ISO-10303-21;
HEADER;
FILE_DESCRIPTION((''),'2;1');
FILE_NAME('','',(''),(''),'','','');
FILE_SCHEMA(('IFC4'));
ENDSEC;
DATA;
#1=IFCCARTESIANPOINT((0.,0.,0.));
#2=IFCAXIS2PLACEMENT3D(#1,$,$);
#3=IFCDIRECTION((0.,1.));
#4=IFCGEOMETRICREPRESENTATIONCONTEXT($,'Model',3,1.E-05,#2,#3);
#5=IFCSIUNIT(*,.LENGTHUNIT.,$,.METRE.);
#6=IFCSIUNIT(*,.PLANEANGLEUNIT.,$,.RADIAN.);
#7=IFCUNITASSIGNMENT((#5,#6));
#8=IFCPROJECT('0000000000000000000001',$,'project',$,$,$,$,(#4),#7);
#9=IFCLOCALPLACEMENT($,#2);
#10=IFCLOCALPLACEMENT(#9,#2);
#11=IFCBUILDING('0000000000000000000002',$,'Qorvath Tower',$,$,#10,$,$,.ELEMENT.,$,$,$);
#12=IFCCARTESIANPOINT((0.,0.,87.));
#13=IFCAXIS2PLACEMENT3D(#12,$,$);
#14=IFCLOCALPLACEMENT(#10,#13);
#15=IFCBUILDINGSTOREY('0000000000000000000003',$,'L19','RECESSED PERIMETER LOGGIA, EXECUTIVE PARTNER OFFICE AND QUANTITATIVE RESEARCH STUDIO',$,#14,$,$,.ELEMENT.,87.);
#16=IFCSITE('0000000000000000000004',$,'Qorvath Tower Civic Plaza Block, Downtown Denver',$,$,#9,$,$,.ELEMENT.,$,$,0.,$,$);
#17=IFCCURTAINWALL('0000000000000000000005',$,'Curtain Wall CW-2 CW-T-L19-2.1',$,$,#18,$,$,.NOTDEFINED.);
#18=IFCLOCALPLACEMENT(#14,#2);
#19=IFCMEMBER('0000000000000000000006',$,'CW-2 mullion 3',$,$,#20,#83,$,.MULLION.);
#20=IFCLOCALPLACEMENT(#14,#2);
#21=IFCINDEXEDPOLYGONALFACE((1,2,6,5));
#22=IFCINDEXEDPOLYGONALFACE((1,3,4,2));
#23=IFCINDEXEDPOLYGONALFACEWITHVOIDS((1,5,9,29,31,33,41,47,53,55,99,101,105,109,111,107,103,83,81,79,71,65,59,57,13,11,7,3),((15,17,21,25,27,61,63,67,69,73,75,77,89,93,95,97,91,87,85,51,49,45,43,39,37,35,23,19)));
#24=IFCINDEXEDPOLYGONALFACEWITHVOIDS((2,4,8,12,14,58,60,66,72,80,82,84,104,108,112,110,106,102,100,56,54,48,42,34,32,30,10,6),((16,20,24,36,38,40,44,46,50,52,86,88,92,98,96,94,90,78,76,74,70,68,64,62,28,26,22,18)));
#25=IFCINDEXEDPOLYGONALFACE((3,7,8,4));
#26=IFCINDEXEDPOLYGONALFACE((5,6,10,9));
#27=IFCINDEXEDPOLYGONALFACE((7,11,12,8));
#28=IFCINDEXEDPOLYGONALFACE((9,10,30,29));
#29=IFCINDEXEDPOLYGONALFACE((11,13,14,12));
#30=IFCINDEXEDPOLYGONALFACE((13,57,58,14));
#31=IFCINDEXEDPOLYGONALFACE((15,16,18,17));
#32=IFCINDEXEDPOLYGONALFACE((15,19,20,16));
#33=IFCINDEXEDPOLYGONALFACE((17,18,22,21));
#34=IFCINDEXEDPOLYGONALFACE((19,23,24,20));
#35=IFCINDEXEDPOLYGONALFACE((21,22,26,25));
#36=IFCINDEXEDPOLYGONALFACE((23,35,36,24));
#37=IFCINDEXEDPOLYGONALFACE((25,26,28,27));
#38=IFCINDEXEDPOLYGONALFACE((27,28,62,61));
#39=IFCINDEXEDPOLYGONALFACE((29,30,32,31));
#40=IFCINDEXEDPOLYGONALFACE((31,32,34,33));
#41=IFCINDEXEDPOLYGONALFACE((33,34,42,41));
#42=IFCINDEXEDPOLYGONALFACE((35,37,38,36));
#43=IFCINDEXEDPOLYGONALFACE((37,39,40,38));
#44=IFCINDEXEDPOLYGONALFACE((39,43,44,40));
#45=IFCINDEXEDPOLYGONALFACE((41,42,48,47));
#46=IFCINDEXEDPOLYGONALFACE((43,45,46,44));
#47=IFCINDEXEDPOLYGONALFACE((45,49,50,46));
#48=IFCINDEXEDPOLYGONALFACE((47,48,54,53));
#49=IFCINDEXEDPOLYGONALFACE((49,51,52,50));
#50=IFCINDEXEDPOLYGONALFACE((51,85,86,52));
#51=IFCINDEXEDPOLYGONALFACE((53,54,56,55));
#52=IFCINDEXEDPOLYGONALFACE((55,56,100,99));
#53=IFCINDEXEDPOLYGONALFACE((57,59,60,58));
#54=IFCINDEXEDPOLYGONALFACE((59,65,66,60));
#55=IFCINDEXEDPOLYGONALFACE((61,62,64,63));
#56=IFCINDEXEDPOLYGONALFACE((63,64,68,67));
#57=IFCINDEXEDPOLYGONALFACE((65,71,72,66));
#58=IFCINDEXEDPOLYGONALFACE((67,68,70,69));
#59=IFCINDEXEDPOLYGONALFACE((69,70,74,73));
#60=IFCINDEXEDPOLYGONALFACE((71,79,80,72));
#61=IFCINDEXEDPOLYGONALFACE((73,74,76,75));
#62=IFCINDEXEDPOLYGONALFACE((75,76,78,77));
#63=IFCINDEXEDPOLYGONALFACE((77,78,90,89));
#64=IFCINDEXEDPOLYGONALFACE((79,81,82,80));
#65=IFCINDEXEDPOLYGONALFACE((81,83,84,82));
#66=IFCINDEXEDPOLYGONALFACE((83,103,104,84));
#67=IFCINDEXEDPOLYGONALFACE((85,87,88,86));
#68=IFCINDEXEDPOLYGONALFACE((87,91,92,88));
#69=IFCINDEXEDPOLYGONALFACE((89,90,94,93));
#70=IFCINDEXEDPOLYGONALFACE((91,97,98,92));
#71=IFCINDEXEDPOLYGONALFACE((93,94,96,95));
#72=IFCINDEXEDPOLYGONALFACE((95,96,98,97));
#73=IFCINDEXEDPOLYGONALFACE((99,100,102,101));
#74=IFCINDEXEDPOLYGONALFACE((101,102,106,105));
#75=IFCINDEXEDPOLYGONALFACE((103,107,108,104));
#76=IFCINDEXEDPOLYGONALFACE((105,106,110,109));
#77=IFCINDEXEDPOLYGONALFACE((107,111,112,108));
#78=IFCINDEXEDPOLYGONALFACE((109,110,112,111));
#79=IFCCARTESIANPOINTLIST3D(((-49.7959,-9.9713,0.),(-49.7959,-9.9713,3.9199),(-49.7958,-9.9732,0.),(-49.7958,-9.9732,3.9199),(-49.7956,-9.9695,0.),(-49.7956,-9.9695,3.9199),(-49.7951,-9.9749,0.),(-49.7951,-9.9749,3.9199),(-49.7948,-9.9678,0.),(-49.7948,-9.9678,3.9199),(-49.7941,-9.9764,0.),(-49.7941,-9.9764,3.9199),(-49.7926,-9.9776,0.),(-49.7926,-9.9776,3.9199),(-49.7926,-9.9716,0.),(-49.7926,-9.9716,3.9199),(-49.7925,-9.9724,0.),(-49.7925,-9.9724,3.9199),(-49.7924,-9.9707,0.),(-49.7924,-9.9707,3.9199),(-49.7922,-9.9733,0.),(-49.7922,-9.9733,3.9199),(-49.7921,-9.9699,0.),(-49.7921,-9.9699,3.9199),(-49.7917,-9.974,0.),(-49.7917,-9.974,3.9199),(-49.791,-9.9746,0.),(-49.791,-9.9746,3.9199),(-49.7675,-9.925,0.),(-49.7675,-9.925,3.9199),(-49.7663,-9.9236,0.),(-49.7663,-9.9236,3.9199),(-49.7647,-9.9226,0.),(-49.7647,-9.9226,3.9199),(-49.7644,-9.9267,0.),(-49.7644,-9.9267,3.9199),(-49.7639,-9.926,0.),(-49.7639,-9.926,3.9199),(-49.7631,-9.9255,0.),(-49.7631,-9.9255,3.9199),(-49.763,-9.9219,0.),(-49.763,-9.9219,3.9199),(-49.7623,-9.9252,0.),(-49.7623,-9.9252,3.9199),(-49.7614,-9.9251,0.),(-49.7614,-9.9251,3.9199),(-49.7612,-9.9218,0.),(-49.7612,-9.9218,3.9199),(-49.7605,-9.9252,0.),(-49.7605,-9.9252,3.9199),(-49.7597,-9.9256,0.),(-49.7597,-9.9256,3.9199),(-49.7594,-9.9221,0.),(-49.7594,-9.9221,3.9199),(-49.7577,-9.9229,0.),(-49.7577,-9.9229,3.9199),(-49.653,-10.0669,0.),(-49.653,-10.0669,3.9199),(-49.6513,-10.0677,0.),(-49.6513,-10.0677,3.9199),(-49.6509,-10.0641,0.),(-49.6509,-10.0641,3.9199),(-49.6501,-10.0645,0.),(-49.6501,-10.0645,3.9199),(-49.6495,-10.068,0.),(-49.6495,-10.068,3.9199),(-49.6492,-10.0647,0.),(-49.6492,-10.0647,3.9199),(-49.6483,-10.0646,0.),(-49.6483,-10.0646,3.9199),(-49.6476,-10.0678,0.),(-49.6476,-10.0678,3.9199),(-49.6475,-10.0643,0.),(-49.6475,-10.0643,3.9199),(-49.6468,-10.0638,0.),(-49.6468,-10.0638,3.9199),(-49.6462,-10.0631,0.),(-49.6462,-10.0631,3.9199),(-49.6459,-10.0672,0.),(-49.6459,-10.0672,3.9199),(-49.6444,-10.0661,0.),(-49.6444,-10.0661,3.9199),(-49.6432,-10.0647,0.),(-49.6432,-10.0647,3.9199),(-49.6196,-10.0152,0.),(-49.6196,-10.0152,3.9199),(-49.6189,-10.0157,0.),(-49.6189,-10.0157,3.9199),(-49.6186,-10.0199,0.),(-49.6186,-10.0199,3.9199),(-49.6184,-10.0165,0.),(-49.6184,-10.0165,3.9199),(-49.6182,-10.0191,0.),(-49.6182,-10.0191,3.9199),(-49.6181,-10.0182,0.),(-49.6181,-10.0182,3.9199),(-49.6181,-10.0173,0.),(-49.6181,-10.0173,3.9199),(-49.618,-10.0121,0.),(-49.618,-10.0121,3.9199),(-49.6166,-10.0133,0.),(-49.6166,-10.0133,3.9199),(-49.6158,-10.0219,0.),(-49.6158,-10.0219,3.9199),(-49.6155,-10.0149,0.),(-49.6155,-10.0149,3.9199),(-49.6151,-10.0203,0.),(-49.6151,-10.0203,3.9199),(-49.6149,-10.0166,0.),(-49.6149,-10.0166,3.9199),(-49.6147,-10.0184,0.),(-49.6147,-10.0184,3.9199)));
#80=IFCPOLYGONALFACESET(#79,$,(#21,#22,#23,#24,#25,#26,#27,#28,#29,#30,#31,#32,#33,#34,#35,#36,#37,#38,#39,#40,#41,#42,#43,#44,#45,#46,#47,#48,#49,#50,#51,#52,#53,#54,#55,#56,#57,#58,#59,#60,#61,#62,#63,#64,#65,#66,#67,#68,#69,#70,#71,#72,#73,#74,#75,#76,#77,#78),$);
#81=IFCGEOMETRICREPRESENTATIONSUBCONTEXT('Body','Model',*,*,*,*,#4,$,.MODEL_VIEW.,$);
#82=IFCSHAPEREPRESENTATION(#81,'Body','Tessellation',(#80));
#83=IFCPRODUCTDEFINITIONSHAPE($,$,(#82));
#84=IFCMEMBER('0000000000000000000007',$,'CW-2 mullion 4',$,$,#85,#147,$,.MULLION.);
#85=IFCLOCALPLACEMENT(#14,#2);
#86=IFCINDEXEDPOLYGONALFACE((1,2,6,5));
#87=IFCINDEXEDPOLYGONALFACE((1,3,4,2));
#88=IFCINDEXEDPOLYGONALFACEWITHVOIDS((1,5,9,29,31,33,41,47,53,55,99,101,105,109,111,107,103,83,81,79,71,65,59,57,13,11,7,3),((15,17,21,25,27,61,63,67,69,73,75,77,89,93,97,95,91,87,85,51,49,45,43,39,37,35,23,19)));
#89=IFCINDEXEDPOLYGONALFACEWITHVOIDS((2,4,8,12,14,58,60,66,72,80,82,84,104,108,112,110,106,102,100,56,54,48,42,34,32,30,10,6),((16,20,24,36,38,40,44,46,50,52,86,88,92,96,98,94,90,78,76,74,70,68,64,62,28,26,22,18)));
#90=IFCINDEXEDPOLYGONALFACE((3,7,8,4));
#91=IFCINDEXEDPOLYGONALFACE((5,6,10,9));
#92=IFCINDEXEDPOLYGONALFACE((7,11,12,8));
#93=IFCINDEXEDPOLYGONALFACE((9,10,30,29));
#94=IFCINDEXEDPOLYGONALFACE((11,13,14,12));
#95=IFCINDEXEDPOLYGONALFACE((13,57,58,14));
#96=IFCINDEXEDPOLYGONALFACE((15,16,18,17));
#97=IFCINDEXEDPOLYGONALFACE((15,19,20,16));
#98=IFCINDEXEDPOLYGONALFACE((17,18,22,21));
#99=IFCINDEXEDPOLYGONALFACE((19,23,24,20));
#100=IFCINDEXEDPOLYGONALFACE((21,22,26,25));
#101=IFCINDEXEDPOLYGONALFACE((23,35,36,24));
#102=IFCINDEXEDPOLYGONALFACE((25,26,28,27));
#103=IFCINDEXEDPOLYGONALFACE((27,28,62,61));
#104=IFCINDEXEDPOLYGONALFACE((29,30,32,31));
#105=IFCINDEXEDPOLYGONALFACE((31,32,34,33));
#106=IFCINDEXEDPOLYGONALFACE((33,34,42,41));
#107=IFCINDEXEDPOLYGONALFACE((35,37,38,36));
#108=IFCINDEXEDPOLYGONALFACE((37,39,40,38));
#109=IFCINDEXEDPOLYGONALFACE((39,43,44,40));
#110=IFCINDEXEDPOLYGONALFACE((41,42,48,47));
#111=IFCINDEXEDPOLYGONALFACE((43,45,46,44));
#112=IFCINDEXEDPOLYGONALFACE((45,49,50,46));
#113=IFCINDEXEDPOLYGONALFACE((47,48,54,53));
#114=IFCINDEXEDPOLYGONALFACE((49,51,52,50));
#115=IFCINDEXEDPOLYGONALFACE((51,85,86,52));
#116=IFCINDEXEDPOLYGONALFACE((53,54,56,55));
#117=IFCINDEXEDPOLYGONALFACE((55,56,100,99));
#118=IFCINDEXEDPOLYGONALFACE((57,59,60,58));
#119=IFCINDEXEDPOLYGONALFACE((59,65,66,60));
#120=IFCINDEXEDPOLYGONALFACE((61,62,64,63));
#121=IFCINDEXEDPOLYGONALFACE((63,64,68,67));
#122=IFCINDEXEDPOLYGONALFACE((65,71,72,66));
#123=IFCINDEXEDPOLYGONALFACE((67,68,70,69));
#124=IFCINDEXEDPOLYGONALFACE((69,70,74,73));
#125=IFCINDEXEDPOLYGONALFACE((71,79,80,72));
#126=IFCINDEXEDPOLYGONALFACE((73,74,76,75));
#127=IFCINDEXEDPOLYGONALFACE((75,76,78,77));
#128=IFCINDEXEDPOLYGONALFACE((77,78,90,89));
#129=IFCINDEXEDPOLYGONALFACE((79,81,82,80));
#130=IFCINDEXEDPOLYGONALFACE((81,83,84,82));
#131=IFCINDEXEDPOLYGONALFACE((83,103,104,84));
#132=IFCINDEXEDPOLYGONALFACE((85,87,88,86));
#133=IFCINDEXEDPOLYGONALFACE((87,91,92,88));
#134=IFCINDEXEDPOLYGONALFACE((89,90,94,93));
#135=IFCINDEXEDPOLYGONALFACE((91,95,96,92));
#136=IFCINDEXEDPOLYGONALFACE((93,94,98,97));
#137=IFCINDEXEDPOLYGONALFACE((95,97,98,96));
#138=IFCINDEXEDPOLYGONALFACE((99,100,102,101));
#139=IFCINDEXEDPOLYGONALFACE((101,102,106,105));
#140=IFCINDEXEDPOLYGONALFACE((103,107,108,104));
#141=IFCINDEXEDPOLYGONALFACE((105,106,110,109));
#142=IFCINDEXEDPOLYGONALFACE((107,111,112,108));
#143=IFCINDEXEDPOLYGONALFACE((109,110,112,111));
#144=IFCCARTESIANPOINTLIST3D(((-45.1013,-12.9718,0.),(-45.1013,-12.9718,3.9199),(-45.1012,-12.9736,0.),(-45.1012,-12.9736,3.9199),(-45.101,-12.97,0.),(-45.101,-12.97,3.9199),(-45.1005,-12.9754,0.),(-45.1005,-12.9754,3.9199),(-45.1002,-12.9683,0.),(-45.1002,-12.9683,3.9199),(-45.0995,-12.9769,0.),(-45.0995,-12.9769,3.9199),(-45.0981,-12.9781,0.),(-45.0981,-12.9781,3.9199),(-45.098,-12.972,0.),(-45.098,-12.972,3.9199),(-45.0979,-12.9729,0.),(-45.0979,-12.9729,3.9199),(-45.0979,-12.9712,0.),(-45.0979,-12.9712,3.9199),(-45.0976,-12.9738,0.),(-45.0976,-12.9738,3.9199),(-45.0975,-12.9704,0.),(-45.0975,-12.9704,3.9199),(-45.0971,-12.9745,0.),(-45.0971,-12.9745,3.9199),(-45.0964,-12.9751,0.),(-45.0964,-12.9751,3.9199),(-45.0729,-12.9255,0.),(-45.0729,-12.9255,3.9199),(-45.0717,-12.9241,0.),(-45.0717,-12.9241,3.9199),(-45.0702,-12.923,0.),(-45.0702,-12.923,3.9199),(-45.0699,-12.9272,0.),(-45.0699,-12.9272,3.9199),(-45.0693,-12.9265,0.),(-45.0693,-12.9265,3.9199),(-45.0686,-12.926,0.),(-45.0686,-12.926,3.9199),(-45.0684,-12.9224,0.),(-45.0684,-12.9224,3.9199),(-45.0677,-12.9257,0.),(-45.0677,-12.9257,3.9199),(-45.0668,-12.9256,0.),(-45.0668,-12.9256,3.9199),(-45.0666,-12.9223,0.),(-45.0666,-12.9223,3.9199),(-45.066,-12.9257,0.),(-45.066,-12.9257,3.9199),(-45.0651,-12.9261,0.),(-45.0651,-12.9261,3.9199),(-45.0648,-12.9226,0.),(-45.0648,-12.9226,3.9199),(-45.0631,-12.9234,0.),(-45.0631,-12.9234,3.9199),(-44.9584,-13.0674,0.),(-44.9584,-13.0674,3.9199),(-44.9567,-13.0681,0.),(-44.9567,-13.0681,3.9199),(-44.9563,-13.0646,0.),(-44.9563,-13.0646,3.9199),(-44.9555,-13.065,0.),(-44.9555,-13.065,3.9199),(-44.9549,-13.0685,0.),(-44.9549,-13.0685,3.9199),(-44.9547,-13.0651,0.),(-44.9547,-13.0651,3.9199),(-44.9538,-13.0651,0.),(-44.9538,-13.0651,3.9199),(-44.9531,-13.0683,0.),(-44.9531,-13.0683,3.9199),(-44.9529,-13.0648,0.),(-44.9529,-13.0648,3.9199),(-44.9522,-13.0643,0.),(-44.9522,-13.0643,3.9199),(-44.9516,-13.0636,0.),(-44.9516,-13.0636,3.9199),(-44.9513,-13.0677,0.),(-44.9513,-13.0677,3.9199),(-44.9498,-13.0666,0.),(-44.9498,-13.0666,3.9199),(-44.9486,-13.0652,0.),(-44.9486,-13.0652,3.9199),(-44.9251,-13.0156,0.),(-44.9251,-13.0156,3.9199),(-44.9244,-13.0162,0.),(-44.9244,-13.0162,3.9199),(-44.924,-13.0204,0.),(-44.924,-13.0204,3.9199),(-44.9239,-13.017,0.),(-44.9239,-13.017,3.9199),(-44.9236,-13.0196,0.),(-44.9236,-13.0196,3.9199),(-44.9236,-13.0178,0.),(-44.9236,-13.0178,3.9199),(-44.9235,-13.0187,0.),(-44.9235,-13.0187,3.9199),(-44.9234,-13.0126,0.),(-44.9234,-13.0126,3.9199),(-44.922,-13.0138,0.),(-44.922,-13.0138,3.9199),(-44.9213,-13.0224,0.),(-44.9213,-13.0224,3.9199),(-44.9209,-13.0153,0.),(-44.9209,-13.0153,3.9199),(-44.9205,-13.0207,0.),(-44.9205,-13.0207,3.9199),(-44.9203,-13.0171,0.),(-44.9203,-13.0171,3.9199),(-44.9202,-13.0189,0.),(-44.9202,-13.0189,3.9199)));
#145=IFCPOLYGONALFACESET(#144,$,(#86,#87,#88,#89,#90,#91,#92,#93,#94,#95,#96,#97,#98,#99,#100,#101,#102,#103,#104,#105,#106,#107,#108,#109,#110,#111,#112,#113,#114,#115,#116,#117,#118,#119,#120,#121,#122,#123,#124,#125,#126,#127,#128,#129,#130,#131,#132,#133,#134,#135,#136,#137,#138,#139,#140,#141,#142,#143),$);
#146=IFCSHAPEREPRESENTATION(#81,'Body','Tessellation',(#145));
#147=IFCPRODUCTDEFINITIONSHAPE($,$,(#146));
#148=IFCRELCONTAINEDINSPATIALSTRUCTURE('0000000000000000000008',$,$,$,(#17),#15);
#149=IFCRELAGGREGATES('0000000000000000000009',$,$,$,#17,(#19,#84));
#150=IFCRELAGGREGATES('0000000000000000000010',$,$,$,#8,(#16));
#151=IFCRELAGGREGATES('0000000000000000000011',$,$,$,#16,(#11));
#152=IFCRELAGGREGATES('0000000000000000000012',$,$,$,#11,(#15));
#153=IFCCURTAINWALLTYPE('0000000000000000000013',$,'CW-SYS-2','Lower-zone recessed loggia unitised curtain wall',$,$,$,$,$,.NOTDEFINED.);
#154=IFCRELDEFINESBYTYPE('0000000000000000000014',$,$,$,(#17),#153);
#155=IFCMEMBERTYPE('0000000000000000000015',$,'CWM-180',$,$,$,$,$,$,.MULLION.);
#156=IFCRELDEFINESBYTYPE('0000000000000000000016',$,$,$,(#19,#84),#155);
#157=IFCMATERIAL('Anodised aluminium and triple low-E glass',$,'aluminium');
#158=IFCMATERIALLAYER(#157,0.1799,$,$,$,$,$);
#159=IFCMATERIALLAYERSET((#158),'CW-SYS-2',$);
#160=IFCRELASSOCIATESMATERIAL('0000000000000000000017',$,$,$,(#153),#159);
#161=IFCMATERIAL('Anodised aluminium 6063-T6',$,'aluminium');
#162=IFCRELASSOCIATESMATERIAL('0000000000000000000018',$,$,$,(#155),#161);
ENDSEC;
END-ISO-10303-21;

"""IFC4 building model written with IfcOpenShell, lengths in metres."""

from ifc_helpers import new_model, si_unit, direction, frame, origin, origin_2d, place, context, subcontext, project, spatial, hollow_rectangle, extrude, material, layer, layer_set, material_profile, profile_set, type_object, element, aggregate, save


model = new_model("IFC4")

# Units and contexts
model_context = context("Model", 3, precision=1e-05, world=origin(), true_north=direction((0.0, 1.0)))
body_context = subcontext(model_context, "Body", "Model", "MODEL_VIEW")
ifc_project = project(units=[si_unit("LENGTHUNIT", "METRE"), si_unit("PLANEANGLEUNIT", "RADIAN")], contexts=[model_context])

# Site, building, storey
site_placement = place(None, origin())
site = spatial("IfcSite", under=ifc_project, at=site_placement, Name="Qorvath Tower Civic Plaza Block, Downtown Denver", CompositionType="ELEMENT", RefElevation=0.0)
building_placement = place(site_placement, origin())
building = spatial("IfcBuilding", under=site, at=building_placement, Name="Qorvath Tower", CompositionType="ELEMENT")
storey_placement = place(building_placement, frame((0.0, 0.0, 87.0)))
storey = spatial("IfcBuildingStorey", under=building, at=storey_placement, Name="L19", Description="RECESSED PERIMETER LOGGIA, EXECUTIVE PARTNER OFFICE AND QUANTITATIVE RESEARCH STUDIO", CompositionType="ELEMENT", Elevation=87.0)

# Curtain wall, members
ifc_material_1 = material(Name="Anodised aluminium and triple low-E glass", Category="aluminium")
ifc_layer_1 = layer(ifc_material_1, 0.1799)
ifc_layer_set_1 = layer_set([ifc_layer_1], Name="CW-SYS-2")
curtain_wall_type = type_object("IfcCurtainWallType", Name="CW-SYS-2", Description="Lower-zone recessed loggia unitised curtain wall", PredefinedType="NOTDEFINED", material=ifc_layer_set_1)
curtain_wall_placement = place(storey_placement, origin())
curtain_wall = element("IfcCurtainWall", 1, at=curtain_wall_placement, inside=storey, type_object=curtain_wall_type, Name="Curtain Wall CW-2 CW-T-L19-2.1", PredefinedType="NOTDEFINED")
ifc_material_2 = material(Name="Anodised aluminium 6063-T6", Category="aluminium")
ifc_material_profile_1 = material_profile(ifc_material_2, hollow_rectangle(XDim=0.0649, YDim=0.1799, WallThickness=0.0034, InnerFilletRadius=0.0034, OuterFilletRadius=0.0071, at=origin_2d()), Name="CWM 180x65")
ifc_profile_set_1 = profile_set([ifc_material_profile_1], Name="Anodised aluminium 6063-T6")
member_type_1 = type_object("IfcMemberType", Name="CWM-180", PredefinedType="MULLION", material=ifc_profile_set_1)
member_1_placement = place(storey_placement, frame((-49.7053, -9.9949, 0.0), z_axis=(0.0, 0.0, 1.0), x_axis=(0.538528, 0.842608, 0.0)))
member_1 = element("IfcMember", 2, at=member_1_placement, type_object=member_type_1, Name="CW-2 mullion 3", PredefinedType="MULLION", context=body_context, shape_type="SweptSolid", body=[
    extrude(hollow_rectangle(XDim=0.0649, YDim=0.1799, WallThickness=0.0034, InnerFilletRadius=0.0034, OuterFilletRadius=0.0071, at=origin_2d()), origin(), (0.0, 0.0, 1.0), 3.9199),
])
member_2_placement = place(storey_placement, frame((-45.0107, -12.9954, 0.0), z_axis=(0.0, 0.0, 1.0), x_axis=(0.538528, 0.842608, 0.0)))
member_2 = element("IfcMember", 3, at=member_2_placement, type_object=member_type_1, Name="CW-2 mullion 4", PredefinedType="MULLION", context=body_context, shape_type="SweptSolid", body=[
    extrude(hollow_rectangle(XDim=0.0649, YDim=0.1799, WallThickness=0.0034, InnerFilletRadius=0.0034, OuterFilletRadius=0.0071, at=origin_2d()), origin(), (0.0, 0.0, 1.0), 3.9199),
])
aggregate(curtain_wall, [member_1, member_2])

save(model, "model.ifc")
